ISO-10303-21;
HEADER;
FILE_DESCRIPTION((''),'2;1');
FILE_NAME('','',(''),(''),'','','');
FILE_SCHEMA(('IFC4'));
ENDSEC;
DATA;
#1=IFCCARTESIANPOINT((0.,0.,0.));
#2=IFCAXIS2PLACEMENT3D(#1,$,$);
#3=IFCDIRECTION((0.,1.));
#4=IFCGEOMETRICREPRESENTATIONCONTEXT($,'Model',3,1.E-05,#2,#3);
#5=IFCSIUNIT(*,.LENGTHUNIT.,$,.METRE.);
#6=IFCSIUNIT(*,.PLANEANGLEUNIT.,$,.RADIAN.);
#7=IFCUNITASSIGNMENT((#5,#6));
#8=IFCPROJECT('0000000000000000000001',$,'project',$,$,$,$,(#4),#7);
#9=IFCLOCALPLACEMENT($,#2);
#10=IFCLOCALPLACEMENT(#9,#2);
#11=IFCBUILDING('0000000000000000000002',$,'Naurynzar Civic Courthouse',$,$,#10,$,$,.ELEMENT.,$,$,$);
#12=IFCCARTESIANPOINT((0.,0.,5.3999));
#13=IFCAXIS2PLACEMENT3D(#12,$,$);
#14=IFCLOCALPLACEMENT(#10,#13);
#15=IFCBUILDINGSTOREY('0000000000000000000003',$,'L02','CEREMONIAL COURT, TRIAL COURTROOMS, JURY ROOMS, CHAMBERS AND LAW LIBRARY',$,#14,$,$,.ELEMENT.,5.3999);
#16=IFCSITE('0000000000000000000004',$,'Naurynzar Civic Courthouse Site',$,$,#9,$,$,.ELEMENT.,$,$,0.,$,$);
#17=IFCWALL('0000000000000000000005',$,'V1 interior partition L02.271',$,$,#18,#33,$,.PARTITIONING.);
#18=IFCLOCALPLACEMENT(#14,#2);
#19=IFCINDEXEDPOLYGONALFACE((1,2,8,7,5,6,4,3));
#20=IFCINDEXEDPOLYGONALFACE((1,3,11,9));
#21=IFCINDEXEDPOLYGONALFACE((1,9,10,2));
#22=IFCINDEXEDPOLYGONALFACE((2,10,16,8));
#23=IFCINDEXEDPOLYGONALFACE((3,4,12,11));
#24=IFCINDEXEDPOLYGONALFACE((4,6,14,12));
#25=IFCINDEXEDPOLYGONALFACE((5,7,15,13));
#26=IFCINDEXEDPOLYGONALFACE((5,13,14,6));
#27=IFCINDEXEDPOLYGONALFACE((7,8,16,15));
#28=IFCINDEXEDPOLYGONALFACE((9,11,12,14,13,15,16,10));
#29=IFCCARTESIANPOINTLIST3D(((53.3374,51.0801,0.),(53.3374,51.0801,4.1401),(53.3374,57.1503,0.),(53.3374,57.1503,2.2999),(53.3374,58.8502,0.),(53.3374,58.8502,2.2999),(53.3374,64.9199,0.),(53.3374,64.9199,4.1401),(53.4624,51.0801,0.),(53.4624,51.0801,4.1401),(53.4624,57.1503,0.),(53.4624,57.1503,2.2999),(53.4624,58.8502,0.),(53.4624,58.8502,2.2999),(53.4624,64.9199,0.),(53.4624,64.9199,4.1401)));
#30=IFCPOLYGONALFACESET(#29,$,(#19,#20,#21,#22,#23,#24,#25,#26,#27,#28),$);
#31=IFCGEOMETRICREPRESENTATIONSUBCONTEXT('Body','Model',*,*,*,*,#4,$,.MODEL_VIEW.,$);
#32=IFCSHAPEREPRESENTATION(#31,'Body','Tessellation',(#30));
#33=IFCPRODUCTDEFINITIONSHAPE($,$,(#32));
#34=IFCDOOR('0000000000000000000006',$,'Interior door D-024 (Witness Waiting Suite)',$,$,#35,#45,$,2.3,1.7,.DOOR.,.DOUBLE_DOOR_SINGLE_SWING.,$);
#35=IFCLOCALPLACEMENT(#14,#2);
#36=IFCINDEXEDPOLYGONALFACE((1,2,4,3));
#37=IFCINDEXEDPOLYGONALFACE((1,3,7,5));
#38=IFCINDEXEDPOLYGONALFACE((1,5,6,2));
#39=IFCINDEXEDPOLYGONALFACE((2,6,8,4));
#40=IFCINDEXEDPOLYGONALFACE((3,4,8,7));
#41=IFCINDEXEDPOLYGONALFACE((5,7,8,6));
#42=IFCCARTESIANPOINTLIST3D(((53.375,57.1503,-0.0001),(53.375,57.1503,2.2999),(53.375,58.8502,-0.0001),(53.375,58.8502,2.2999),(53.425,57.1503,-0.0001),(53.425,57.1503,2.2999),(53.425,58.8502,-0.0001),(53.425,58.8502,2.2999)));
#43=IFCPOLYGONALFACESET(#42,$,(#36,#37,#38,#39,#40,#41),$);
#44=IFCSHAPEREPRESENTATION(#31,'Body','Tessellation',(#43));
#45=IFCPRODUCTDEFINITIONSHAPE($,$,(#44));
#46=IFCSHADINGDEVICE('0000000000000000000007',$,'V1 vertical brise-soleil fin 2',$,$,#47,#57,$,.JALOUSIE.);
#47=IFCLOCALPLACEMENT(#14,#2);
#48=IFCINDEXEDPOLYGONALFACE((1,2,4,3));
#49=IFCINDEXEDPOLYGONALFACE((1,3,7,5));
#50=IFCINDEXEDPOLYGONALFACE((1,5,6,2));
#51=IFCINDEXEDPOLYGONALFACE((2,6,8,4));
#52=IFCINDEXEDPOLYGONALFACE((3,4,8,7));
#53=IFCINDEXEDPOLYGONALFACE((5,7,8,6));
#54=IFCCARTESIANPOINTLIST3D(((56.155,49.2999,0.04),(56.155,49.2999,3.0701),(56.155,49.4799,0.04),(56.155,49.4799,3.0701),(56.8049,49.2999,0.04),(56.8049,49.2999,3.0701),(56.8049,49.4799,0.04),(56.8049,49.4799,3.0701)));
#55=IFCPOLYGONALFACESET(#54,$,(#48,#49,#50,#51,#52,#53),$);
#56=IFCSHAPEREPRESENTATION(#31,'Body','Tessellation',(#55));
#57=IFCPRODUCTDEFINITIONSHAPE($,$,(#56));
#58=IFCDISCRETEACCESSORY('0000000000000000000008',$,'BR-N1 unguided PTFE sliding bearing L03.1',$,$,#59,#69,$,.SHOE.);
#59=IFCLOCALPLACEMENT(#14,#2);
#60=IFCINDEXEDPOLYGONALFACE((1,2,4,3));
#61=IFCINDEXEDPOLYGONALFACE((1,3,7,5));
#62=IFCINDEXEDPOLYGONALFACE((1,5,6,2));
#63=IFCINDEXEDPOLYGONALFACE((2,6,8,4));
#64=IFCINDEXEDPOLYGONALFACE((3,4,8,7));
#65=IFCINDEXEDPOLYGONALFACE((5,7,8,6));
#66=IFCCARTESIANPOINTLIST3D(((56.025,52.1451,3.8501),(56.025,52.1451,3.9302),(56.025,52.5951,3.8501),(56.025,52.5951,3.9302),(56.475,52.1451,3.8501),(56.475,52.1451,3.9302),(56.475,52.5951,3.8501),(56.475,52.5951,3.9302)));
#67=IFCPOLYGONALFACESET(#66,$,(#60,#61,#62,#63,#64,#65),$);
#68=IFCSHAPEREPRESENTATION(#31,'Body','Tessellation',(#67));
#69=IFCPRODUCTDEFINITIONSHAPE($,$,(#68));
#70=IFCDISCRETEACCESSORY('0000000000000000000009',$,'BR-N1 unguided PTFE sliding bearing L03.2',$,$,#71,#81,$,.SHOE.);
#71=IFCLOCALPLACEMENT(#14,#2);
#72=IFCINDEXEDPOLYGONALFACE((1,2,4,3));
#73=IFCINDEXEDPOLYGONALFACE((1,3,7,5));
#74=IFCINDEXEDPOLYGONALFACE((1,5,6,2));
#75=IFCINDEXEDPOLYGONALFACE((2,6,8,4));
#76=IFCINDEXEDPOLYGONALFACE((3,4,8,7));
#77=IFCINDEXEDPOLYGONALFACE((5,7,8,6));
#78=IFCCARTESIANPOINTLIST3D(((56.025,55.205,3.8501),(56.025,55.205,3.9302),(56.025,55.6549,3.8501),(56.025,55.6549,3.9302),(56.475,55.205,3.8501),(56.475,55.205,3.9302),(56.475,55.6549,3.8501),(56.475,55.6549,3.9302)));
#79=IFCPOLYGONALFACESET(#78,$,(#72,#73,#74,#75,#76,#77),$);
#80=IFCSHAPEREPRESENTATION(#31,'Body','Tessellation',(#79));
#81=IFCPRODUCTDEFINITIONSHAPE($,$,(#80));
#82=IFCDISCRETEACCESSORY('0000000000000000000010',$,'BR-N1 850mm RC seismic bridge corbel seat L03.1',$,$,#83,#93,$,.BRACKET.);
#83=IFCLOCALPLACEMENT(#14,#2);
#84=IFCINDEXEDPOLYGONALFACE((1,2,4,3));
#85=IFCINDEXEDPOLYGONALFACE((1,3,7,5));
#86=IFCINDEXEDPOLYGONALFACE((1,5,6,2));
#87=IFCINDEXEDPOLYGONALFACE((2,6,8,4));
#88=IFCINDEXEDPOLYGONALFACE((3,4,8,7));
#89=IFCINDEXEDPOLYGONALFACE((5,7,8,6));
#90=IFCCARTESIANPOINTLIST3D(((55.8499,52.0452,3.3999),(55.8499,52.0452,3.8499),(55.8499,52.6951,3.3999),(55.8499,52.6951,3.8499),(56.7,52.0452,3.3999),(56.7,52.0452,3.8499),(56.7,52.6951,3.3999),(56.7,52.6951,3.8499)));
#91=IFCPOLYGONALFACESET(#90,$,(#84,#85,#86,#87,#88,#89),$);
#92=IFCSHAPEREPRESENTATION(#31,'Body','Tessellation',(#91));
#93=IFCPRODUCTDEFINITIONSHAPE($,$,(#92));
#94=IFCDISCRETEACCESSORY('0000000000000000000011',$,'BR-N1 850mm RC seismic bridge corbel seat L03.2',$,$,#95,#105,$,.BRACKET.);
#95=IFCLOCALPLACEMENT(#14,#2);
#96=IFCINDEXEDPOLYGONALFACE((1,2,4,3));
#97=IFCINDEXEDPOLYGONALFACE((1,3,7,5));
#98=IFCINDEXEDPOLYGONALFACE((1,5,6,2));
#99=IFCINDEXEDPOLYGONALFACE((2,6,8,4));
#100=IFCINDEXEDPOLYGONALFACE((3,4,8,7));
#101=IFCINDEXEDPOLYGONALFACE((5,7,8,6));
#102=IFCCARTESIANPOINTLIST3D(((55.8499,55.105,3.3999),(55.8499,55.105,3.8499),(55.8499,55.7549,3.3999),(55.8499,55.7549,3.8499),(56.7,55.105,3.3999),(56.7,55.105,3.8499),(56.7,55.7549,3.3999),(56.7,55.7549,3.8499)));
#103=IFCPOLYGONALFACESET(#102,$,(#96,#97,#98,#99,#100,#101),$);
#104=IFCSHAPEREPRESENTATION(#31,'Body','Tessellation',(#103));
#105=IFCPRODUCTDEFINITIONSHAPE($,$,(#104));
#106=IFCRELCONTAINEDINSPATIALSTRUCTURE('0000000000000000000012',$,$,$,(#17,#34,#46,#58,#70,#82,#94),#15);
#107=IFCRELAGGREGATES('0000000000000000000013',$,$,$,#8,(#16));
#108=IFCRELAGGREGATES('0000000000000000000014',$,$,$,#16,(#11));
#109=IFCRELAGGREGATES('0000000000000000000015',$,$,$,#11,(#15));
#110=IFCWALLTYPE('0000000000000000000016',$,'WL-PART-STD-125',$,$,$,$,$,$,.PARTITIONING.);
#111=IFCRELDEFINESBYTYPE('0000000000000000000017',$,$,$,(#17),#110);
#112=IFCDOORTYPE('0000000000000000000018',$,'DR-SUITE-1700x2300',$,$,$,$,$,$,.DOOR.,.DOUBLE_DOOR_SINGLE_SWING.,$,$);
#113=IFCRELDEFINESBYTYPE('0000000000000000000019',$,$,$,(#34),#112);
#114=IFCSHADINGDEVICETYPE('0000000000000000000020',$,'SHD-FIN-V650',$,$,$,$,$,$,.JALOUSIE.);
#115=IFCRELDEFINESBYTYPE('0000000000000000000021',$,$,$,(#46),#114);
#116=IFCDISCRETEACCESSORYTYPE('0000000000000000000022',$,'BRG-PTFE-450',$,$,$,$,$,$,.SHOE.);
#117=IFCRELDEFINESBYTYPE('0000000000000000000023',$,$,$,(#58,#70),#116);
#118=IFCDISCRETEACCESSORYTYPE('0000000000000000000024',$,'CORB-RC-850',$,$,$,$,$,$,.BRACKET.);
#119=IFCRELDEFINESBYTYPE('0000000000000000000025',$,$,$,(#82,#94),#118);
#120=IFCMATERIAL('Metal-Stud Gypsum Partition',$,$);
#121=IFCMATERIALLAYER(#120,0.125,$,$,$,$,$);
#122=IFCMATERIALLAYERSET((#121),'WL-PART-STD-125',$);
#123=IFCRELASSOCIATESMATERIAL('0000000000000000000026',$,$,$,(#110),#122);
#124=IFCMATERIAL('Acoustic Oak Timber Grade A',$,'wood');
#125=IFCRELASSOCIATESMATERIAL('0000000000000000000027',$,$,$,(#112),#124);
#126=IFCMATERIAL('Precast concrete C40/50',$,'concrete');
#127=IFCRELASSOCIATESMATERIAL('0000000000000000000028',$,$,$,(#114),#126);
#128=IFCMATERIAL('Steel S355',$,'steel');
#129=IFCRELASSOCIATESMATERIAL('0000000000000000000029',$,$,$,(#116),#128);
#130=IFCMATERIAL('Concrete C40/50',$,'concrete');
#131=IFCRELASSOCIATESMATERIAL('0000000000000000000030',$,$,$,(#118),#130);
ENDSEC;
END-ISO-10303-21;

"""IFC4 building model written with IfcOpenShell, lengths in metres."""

from ifc_helpers import new_model, si_unit, direction, frame, frame_2d, origin, origin_2d, place, context, subcontext, project, spatial, rectangle, extrude, material, layer, layer_set, type_object, element, fill, save


model = new_model("IFC4")

# Units and contexts
model_context = context("Model", 3, precision=1e-05, world=origin(), true_north=direction((0.0, 1.0)))
body_context = subcontext(model_context, "Body", "Model", "MODEL_VIEW")
ifc_project = project(units=[si_unit("LENGTHUNIT", "METRE"), si_unit("PLANEANGLEUNIT", "RADIAN")], contexts=[model_context])

# Site, building, storey
site_placement = place(None, origin())
site = spatial("IfcSite", under=ifc_project, at=site_placement, Name="Naurynzar Civic Courthouse Site", CompositionType="ELEMENT", RefElevation=0.0)
building_placement = place(site_placement, origin())
building = spatial("IfcBuilding", under=site, at=building_placement, Name="Naurynzar Civic Courthouse", CompositionType="ELEMENT")
storey_placement = place(building_placement, frame((0.0, 0.0, 5.3999)))
storey = spatial("IfcBuildingStorey", under=building, at=storey_placement, Name="L02", Description="CEREMONIAL COURT, TRIAL COURTROOMS, JURY ROOMS, CHAMBERS AND LAW LIBRARY", CompositionType="ELEMENT", Elevation=5.3999)

# Shared definitions
ifc_material_1 = material(Name="Metal-Stud Gypsum Partition")
ifc_layer_1 = layer(ifc_material_1, 0.125)
ifc_layer_set_1 = layer_set([ifc_layer_1], Name="WL-PART-STD-125")
wall_type_1 = type_object("IfcWallType", Name="WL-PART-STD-125", PredefinedType="PARTITIONING", material=ifc_layer_set_1)

# Wall, opening, door
wall_1_placement = place(storey_placement, frame((53.3999, 51.0801, 0.0), z_axis=(0.0, 0.0, 1.0), x_axis=(0.0, 1.0, 0.0)))
wall_1 = element("IfcWall", 1, at=wall_1_placement, inside=storey, type_object=wall_type_1, Name="V1 interior partition L02.271", PredefinedType="PARTITIONING", context=body_context, shape_type="SweptSolid", body=[
    extrude(rectangle(XDim=13.8398, YDim=0.125, at=frame_2d((6.9199, 0.0))), origin(), (0.0, 0.0, 1.0), 4.1401),
])
opening_1_placement = place(wall_1_placement, frame((6.0701, 0.0, 0.0)))
opening_1 = element("IfcOpeningElement", 2, at=opening_1_placement, cuts=wall_1, PredefinedType="OPENING", context=body_context, shape_type="SweptSolid", body=[
    extrude(rectangle(XDim=1.7, YDim=2.3, at=frame_2d((0.8501, 1.1499))), frame((0.0, 0.0725, 0.0), z_axis=(0.0, -1.0, 0.0), x_axis=(1.0, 0.0, 0.0)), (0.0, 0.0, 1.0), 0.145),
])
ifc_material_2 = material(Name="Acoustic Oak Timber Grade A", Category="wood")
door_type = type_object("IfcDoorType", Name="DR-SUITE-1700x2300", OperationType="DOUBLE_DOOR_SINGLE_SWING", PredefinedType="DOOR", material=ifc_material_2)
door_placement = place(opening_1_placement, origin())
door = element("IfcDoor", 3, at=door_placement, inside=storey, type_object=door_type, Name="Interior door D-024 (Witness Waiting Suite)", OperationType="DOUBLE_DOOR_SINGLE_SWING", OverallHeight=2.3, OverallWidth=1.7, PredefinedType="DOOR", context=body_context, shape_type="SweptSolid", body=[
    extrude(rectangle(XDim=1.7, YDim=2.3, at=frame_2d((0.8501, 1.1499))), frame((0.0, 0.0249, 0.0), z_axis=(0.0, -1.0, 0.0), x_axis=(1.0, 0.0, 0.0)), (0.0, 0.0, 1.0), 0.05),
])
fill(opening_1, door)

# Shading device
ifc_material_3 = material(Name="Precast concrete C40/50", Category="concrete")
shading_device_type = type_object("IfcShadingDeviceType", Name="SHD-FIN-V650", PredefinedType="JALOUSIE", material=ifc_material_3)
shading_device_placement = place(storey_placement, frame((56.48, 49.3899, 0.04), z_axis=(0.0, 0.0, 1.0), x_axis=(0.0, -1.0, 0.0)))
element("IfcShadingDevice", 4, at=shading_device_placement, inside=storey, type_object=shading_device_type, Name="V1 vertical brise-soleil fin 2", PredefinedType="JALOUSIE", context=body_context, shape_type="SweptSolid", body=[
    extrude(rectangle(XDim=0.1799, YDim=0.6499, at=origin_2d()), origin(), (0.0, 0.0, 1.0), 3.03),
])

# Discrete accessories
ifc_material_4 = material(Name="Steel S355", Category="steel")
discrete_accessory_type_1 = type_object("IfcDiscreteAccessoryType", Name="BRG-PTFE-450", PredefinedType="SHOE", material=ifc_material_4)
for number, where, z_axis, x_axis, name in (
    (5, (56.25, 52.3701, 3.8501), (0.0, 0.0, 1.0), (1.0, 0.0, 0.0), "BR-N1 unguided PTFE sliding bearing L03.1"),
    (6, (56.25, 55.4299, 3.8501), (0.0, 0.0, 1.0), (1.0, 0.0, 0.0), "BR-N1 unguided PTFE sliding bearing L03.2"),
):
    element("IfcDiscreteAccessory", number, at=place(storey_placement, frame(where, z_axis=z_axis, x_axis=x_axis)), inside=storey, type_object=discrete_accessory_type_1, Name=name, PredefinedType="SHOE", context=body_context, shape_type="SweptSolid", body=[
        extrude(rectangle(XDim=0.45, YDim=0.45, at=origin_2d()), origin(), (0.0, 0.0, 1.0), 0.0801),
    ])
ifc_material_5 = material(Name="Concrete C40/50", Category="concrete")
discrete_accessory_type_2 = type_object("IfcDiscreteAccessoryType", Name="CORB-RC-850", PredefinedType="BRACKET", material=ifc_material_5)
for number, where, z_axis, x_axis, name in (
    (7, (56.2749, 52.3701, 3.3999), (0.0, 0.0, 1.0), (1.0, 0.0, 0.0), "BR-N1 850mm RC seismic bridge corbel seat L03.1"),
    (8, (56.2749, 55.4299, 3.3999), (0.0, 0.0, 1.0), (1.0, 0.0, 0.0), "BR-N1 850mm RC seismic bridge corbel seat L03.2"),
):
    element("IfcDiscreteAccessory", number, at=place(storey_placement, frame(where, z_axis=z_axis, x_axis=x_axis)), inside=storey, type_object=discrete_accessory_type_2, Name=name, PredefinedType="BRACKET", context=body_context, shape_type="SweptSolid", body=[
        extrude(rectangle(XDim=0.8501, YDim=0.6499, at=origin_2d()), origin(), (0.0, 0.0, 1.0), 0.45),
    ])

save(model, "model.ifc")
